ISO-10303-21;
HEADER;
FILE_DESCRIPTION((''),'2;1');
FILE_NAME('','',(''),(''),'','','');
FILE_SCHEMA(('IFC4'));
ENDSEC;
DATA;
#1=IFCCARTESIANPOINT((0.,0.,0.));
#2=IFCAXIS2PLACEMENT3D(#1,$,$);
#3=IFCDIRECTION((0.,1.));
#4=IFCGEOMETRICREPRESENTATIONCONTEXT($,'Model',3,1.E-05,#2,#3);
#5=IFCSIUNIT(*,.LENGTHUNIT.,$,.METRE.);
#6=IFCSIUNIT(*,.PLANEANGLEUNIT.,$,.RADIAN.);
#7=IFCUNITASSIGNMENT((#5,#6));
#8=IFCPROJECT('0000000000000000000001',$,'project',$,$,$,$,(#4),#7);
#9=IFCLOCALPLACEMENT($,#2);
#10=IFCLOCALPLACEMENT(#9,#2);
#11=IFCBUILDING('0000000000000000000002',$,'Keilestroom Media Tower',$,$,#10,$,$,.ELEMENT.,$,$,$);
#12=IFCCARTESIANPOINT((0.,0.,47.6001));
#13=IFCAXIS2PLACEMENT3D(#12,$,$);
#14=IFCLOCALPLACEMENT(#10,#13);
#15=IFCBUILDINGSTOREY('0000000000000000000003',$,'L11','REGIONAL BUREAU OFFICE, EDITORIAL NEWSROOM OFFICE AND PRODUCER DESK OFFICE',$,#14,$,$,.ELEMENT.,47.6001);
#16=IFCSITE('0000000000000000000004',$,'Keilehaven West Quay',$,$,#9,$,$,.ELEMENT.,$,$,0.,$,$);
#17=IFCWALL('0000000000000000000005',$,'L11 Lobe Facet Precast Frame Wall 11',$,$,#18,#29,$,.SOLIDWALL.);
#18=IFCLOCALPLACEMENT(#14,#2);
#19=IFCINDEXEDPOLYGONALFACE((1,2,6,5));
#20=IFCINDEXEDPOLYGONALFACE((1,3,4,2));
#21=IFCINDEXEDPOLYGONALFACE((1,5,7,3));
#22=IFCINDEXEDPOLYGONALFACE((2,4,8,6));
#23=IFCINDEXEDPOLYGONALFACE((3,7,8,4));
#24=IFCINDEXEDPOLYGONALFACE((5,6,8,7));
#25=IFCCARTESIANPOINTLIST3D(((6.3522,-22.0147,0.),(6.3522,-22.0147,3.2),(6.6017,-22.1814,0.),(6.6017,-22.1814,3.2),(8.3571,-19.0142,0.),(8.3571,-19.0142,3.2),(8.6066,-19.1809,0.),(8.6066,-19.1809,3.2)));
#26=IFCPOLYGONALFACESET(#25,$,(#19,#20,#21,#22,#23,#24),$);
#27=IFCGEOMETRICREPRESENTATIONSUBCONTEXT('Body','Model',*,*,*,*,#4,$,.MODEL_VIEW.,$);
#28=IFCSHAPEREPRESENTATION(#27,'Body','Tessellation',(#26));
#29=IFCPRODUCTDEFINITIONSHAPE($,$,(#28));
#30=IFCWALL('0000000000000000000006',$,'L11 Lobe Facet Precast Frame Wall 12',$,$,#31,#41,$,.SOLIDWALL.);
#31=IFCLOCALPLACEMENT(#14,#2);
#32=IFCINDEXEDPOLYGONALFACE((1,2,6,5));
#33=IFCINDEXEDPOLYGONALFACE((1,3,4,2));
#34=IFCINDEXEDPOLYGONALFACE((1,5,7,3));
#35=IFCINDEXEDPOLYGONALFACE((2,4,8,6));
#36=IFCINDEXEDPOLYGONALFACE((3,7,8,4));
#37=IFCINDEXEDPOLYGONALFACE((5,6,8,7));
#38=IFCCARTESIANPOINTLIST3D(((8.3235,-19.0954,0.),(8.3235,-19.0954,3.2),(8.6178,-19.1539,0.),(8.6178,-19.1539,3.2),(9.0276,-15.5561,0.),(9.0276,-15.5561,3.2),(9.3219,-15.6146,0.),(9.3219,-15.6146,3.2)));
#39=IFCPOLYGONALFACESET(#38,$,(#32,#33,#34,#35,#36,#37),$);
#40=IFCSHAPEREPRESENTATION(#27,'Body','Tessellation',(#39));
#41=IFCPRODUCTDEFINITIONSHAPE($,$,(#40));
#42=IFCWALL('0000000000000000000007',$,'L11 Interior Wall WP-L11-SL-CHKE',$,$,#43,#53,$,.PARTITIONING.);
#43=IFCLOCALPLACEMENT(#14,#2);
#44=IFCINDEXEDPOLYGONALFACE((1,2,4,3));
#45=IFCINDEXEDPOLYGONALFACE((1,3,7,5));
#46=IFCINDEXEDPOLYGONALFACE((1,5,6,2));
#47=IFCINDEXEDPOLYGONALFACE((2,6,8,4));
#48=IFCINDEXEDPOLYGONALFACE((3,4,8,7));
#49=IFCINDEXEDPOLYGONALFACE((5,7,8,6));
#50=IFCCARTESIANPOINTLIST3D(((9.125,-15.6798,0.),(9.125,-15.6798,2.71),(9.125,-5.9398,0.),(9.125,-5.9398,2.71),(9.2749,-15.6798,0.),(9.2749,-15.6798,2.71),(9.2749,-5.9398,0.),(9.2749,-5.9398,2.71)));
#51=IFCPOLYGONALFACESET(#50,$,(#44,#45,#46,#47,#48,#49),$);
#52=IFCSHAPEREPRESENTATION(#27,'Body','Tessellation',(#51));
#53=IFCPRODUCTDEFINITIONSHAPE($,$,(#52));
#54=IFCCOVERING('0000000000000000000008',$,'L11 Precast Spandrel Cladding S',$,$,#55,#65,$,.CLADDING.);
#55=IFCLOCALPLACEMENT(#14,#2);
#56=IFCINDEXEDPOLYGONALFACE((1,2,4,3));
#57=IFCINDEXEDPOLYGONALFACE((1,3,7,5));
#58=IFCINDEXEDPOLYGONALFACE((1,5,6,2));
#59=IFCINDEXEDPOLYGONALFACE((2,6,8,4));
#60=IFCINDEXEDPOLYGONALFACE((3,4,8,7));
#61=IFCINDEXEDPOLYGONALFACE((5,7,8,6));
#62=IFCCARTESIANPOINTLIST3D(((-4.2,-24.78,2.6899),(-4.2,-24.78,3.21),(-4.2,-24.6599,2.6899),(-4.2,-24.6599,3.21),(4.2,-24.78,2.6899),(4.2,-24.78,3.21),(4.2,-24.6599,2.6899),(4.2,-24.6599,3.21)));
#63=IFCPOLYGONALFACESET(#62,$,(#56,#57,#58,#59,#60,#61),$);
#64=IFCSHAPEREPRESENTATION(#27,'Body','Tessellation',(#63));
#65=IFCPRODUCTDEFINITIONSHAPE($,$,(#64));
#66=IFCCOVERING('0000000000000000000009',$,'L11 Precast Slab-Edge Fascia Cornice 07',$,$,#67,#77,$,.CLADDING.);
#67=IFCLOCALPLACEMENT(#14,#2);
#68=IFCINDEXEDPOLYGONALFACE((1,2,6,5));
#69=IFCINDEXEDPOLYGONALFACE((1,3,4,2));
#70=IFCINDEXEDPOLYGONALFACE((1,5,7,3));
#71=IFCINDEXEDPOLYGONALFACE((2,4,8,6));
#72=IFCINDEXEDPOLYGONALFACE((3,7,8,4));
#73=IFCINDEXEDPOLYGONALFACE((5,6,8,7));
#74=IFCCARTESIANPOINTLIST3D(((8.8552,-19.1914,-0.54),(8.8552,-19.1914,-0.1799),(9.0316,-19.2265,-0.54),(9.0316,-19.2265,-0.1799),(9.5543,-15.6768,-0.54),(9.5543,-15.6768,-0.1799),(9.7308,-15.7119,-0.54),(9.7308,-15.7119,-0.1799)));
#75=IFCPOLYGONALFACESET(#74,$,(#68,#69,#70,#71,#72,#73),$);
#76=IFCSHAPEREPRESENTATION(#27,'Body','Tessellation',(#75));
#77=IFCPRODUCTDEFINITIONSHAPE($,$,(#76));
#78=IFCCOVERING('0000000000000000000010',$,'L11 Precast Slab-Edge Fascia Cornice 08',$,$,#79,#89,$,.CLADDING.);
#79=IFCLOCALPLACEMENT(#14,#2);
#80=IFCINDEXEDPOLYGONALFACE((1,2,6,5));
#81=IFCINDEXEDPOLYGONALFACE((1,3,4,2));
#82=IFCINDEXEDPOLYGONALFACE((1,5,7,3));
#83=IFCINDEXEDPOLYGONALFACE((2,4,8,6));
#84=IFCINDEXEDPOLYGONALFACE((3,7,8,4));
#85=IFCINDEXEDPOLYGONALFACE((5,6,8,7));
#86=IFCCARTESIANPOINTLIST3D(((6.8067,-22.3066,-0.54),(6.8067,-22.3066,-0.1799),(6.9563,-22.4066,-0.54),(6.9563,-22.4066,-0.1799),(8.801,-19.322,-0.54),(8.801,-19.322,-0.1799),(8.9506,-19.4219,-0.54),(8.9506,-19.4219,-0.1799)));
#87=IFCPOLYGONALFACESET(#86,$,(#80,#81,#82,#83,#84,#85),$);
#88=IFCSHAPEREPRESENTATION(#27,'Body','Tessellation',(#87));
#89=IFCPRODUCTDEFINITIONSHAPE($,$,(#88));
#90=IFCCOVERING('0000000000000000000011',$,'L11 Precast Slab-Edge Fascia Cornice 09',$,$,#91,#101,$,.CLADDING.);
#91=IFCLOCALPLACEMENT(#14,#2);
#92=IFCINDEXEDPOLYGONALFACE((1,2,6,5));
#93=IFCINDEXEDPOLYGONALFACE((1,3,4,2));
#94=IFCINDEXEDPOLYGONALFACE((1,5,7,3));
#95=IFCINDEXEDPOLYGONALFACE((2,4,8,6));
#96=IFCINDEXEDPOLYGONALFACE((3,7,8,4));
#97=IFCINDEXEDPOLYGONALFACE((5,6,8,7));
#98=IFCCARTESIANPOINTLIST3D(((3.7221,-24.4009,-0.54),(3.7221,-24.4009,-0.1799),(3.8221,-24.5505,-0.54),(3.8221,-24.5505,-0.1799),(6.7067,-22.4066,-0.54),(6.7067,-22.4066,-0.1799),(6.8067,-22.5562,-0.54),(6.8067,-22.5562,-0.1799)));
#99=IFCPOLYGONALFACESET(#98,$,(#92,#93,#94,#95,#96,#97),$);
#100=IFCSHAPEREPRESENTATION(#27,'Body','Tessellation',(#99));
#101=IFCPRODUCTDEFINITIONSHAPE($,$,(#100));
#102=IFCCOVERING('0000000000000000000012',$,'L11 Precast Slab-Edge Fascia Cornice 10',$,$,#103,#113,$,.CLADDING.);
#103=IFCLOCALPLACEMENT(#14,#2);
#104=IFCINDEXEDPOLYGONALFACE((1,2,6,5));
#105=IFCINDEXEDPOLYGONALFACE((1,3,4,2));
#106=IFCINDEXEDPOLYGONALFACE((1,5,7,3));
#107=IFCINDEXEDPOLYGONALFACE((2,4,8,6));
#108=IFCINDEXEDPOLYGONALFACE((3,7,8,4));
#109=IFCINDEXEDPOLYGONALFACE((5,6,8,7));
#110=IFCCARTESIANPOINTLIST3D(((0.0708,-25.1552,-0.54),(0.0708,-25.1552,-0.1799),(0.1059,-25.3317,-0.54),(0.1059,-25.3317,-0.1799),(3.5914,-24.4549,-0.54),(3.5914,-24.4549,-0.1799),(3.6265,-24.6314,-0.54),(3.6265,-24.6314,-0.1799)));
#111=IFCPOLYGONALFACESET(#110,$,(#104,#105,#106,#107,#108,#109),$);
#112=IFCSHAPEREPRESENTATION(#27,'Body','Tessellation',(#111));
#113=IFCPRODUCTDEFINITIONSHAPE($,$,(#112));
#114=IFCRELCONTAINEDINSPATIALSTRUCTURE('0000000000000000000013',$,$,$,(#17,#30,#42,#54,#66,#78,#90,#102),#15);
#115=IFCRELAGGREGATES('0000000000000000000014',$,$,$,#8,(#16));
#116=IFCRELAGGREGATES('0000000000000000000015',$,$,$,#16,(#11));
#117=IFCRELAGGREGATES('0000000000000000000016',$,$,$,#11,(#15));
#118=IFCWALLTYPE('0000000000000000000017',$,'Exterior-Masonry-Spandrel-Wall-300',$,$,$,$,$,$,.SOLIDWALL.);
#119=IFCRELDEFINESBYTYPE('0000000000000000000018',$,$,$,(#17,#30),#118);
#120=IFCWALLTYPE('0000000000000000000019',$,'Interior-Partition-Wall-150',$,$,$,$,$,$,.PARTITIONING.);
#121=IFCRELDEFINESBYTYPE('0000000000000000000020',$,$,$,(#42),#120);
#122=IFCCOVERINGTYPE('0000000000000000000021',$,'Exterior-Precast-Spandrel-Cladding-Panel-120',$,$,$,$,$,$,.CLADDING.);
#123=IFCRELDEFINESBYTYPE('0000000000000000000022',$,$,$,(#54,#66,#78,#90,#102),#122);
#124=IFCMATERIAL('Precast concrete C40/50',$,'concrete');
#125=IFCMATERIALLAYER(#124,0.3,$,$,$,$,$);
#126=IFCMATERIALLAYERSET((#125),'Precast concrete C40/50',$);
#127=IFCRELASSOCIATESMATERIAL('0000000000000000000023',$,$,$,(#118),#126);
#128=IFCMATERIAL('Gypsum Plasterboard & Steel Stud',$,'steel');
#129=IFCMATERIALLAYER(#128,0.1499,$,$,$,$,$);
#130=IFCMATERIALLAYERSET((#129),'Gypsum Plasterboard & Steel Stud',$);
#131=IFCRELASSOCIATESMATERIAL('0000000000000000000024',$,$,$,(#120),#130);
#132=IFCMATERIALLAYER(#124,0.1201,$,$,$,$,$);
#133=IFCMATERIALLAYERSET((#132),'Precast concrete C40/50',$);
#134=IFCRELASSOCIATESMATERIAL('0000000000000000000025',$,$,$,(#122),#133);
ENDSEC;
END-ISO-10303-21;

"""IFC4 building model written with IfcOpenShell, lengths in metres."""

from ifc_helpers import new_model, si_unit, direction, frame, frame_2d, origin, origin_2d, place, context, subcontext, project, spatial, rectangle, extrude, source, transform, mapped, material, layer, layer_set, type_object, element, save


model = new_model("IFC4")

# Units and contexts
model_context = context("Model", 3, precision=1e-05, world=origin(), true_north=direction((0.0, 1.0)))
body_context = subcontext(model_context, "Body", "Model", "MODEL_VIEW")
ifc_project = project(units=[si_unit("LENGTHUNIT", "METRE"), si_unit("PLANEANGLEUNIT", "RADIAN")], contexts=[model_context])

# Site, building, storey
site_placement = place(None, origin())
site = spatial("IfcSite", under=ifc_project, at=site_placement, Name="Keilehaven West Quay", CompositionType="ELEMENT", RefElevation=0.0)
building_placement = place(site_placement, origin())
building = spatial("IfcBuilding", under=site, at=building_placement, Name="Keilestroom Media Tower", CompositionType="ELEMENT")
storey_placement = place(building_placement, frame((0.0, 0.0, 47.6001)))
storey = spatial("IfcBuildingStorey", under=building, at=storey_placement, Name="L11", Description="REGIONAL BUREAU OFFICE, EDITORIAL NEWSROOM OFFICE AND PRODUCER DESK OFFICE", CompositionType="ELEMENT", Elevation=47.6001)

# Walls
ifc_material_1 = material(Name="Precast concrete C40/50", Category="concrete")
ifc_layer_1 = layer(ifc_material_1, 0.3)
ifc_layer_set_1 = layer_set([ifc_layer_1], Name="Precast concrete C40/50")
wall_type_1 = type_object("IfcWallType", Name="Exterior-Masonry-Spandrel-Wall-300", PredefinedType="SOLIDWALL", material=ifc_layer_set_1)
for number, where, z_axis, x_axis, name in (
    (1, (6.4771, -22.0979, 0.0), (0.0, 0.0, 1.0), (0.555574, 0.831467, 0.0), "L11 Lobe Facet Precast Frame Wall 11"),
    (2, (8.4707, -19.1245, 0.0), (0.0, 0.0, 1.0), (0.195114, 0.980781, 0.0), "L11 Lobe Facet Precast Frame Wall 12"),
):
    element("IfcWall", number, at=place(storey_placement, frame(where, z_axis=z_axis, x_axis=x_axis)), inside=storey, type_object=wall_type_1, Name=name, PredefinedType="SOLIDWALL", context=body_context, shape_type="SweptSolid", body=[
        extrude(rectangle(XDim=3.6086, YDim=0.3, at=frame_2d((1.8042, 0.0))), origin(), (0.0, 0.0, 1.0), 3.2),
    ])
ifc_material_2 = material(Name="Gypsum Plasterboard & Steel Stud", Category="steel")
ifc_layer_2 = layer(ifc_material_2, 0.1499)
ifc_layer_set_2 = layer_set([ifc_layer_2], Name="Gypsum Plasterboard & Steel Stud")
wall_type_2 = type_object("IfcWallType", Name="Interior-Partition-Wall-150", PredefinedType="PARTITIONING", material=ifc_layer_set_2)
wall_1_placement = place(storey_placement, frame((9.2, -15.6799, 0.0), z_axis=(0.0, 0.0, 1.0), x_axis=(0.0, 1.0, 0.0)))
element("IfcWall", 3, at=wall_1_placement, inside=storey, type_object=wall_type_2, Name="L11 Interior Wall WP-L11-SL-CHKE", PredefinedType="PARTITIONING", context=body_context, shape_type="SweptSolid", body=[
    extrude(rectangle(XDim=9.74, YDim=0.1499, at=frame_2d((4.8701, 0.0))), origin(), (0.0, 0.0, 1.0), 2.71),
])

# Coverings
ifc_layer_3 = layer(ifc_material_1, 0.1201)
ifc_layer_set_3 = layer_set([ifc_layer_3], Name="Precast concrete C40/50")
covering_type = type_object("IfcCoveringType", Name="Exterior-Precast-Spandrel-Cladding-Panel-120", PredefinedType="CLADDING", material=ifc_layer_set_3)
shared_shape_1 = source(origin(), body_context, "Body", "SweptSolid", [
    extrude(rectangle(XDim=8.3999, YDim=0.1201, at=origin_2d()), origin(), (0.0, 0.0, 1.0), 0.52),
])
covering_1_placement = place(storey_placement, frame((0.0, -24.72, 2.6899), z_axis=(0.0, 0.0, 1.0), x_axis=(1.0, 0.0, 0.0)))
element("IfcCovering", 4, at=covering_1_placement, inside=storey, type_object=covering_type, Name="L11 Precast Spandrel Cladding S", PredefinedType="CLADDING", context=body_context, shape_type="MappedRepresentation", body=[
    mapped(shared_shape_1, transform((0.0, 0.0, 0.0), x_axis=(1.0, 0.0, 0.0), y_axis=(0.0, 1.0, 0.0), z_axis=(0.0, 0.0, 1.0), scale=1.0)),
])
shared_shape_2 = source(origin(), body_context, "Body", "SweptSolid", [
    extrude(rectangle(XDim=3.5835, YDim=0.1799, at=origin_2d()), origin(), (0.0, 0.0, 1.0), 0.3601),
])
covering_2_placement = place(storey_placement, frame((9.293, -17.4517, -0.54), z_axis=(0.0, 0.0, 1.0), x_axis=(-0.195099, -0.980784, 0.0)))
element("IfcCovering", 5, at=covering_2_placement, inside=storey, type_object=covering_type, Name="L11 Precast Slab-Edge Fascia Cornice 07", PredefinedType="CLADDING", context=body_context, shape_type="MappedRepresentation", body=[
    mapped(shared_shape_2, transform((0.0, 0.0, 0.0), x_axis=(1.0, 0.0, 0.0), y_axis=(0.0, 1.0, 0.0), z_axis=(0.0, 0.0, 1.0), scale=1.0)),
])
shared_shape_3 = source(origin(), body_context, "Body", "SweptSolid", [
    extrude(rectangle(XDim=3.5896, YDim=0.1799, at=origin_2d()), origin(), (0.0, 0.0, 1.0), 0.3601),
])
for number, where, z_axis, x_axis, name in (
    (6, (7.8787, -20.8643, -0.54), (0.0, 0.0, 1.0), (-0.555575, -0.831467, 0.0), "L11 Precast Slab-Edge Fascia Cornice 08"),
    (7, (5.2644, -23.4785, -0.54), (0.0, 0.0, 1.0), (-0.831467, -0.555575, 0.0), "L11 Precast Slab-Edge Fascia Cornice 09"),
    (8, (1.8486, -24.8933, -0.54), (0.0, 0.0, 1.0), (-0.980784, -0.195099, 0.0), "L11 Precast Slab-Edge Fascia Cornice 10"),
):
    element("IfcCovering", number, at=place(storey_placement, frame(where, z_axis=z_axis, x_axis=x_axis)), inside=storey, type_object=covering_type, Name=name, PredefinedType="CLADDING", context=body_context, shape_type="MappedRepresentation", body=[
        mapped(shared_shape_3, transform((0.0, 0.0, 0.0), x_axis=(1.0, 0.0, 0.0), y_axis=(0.0, 1.0, 0.0), z_axis=(0.0, 0.0, 1.0), scale=1.0)),
    ])

save(model, "model.ifc")
